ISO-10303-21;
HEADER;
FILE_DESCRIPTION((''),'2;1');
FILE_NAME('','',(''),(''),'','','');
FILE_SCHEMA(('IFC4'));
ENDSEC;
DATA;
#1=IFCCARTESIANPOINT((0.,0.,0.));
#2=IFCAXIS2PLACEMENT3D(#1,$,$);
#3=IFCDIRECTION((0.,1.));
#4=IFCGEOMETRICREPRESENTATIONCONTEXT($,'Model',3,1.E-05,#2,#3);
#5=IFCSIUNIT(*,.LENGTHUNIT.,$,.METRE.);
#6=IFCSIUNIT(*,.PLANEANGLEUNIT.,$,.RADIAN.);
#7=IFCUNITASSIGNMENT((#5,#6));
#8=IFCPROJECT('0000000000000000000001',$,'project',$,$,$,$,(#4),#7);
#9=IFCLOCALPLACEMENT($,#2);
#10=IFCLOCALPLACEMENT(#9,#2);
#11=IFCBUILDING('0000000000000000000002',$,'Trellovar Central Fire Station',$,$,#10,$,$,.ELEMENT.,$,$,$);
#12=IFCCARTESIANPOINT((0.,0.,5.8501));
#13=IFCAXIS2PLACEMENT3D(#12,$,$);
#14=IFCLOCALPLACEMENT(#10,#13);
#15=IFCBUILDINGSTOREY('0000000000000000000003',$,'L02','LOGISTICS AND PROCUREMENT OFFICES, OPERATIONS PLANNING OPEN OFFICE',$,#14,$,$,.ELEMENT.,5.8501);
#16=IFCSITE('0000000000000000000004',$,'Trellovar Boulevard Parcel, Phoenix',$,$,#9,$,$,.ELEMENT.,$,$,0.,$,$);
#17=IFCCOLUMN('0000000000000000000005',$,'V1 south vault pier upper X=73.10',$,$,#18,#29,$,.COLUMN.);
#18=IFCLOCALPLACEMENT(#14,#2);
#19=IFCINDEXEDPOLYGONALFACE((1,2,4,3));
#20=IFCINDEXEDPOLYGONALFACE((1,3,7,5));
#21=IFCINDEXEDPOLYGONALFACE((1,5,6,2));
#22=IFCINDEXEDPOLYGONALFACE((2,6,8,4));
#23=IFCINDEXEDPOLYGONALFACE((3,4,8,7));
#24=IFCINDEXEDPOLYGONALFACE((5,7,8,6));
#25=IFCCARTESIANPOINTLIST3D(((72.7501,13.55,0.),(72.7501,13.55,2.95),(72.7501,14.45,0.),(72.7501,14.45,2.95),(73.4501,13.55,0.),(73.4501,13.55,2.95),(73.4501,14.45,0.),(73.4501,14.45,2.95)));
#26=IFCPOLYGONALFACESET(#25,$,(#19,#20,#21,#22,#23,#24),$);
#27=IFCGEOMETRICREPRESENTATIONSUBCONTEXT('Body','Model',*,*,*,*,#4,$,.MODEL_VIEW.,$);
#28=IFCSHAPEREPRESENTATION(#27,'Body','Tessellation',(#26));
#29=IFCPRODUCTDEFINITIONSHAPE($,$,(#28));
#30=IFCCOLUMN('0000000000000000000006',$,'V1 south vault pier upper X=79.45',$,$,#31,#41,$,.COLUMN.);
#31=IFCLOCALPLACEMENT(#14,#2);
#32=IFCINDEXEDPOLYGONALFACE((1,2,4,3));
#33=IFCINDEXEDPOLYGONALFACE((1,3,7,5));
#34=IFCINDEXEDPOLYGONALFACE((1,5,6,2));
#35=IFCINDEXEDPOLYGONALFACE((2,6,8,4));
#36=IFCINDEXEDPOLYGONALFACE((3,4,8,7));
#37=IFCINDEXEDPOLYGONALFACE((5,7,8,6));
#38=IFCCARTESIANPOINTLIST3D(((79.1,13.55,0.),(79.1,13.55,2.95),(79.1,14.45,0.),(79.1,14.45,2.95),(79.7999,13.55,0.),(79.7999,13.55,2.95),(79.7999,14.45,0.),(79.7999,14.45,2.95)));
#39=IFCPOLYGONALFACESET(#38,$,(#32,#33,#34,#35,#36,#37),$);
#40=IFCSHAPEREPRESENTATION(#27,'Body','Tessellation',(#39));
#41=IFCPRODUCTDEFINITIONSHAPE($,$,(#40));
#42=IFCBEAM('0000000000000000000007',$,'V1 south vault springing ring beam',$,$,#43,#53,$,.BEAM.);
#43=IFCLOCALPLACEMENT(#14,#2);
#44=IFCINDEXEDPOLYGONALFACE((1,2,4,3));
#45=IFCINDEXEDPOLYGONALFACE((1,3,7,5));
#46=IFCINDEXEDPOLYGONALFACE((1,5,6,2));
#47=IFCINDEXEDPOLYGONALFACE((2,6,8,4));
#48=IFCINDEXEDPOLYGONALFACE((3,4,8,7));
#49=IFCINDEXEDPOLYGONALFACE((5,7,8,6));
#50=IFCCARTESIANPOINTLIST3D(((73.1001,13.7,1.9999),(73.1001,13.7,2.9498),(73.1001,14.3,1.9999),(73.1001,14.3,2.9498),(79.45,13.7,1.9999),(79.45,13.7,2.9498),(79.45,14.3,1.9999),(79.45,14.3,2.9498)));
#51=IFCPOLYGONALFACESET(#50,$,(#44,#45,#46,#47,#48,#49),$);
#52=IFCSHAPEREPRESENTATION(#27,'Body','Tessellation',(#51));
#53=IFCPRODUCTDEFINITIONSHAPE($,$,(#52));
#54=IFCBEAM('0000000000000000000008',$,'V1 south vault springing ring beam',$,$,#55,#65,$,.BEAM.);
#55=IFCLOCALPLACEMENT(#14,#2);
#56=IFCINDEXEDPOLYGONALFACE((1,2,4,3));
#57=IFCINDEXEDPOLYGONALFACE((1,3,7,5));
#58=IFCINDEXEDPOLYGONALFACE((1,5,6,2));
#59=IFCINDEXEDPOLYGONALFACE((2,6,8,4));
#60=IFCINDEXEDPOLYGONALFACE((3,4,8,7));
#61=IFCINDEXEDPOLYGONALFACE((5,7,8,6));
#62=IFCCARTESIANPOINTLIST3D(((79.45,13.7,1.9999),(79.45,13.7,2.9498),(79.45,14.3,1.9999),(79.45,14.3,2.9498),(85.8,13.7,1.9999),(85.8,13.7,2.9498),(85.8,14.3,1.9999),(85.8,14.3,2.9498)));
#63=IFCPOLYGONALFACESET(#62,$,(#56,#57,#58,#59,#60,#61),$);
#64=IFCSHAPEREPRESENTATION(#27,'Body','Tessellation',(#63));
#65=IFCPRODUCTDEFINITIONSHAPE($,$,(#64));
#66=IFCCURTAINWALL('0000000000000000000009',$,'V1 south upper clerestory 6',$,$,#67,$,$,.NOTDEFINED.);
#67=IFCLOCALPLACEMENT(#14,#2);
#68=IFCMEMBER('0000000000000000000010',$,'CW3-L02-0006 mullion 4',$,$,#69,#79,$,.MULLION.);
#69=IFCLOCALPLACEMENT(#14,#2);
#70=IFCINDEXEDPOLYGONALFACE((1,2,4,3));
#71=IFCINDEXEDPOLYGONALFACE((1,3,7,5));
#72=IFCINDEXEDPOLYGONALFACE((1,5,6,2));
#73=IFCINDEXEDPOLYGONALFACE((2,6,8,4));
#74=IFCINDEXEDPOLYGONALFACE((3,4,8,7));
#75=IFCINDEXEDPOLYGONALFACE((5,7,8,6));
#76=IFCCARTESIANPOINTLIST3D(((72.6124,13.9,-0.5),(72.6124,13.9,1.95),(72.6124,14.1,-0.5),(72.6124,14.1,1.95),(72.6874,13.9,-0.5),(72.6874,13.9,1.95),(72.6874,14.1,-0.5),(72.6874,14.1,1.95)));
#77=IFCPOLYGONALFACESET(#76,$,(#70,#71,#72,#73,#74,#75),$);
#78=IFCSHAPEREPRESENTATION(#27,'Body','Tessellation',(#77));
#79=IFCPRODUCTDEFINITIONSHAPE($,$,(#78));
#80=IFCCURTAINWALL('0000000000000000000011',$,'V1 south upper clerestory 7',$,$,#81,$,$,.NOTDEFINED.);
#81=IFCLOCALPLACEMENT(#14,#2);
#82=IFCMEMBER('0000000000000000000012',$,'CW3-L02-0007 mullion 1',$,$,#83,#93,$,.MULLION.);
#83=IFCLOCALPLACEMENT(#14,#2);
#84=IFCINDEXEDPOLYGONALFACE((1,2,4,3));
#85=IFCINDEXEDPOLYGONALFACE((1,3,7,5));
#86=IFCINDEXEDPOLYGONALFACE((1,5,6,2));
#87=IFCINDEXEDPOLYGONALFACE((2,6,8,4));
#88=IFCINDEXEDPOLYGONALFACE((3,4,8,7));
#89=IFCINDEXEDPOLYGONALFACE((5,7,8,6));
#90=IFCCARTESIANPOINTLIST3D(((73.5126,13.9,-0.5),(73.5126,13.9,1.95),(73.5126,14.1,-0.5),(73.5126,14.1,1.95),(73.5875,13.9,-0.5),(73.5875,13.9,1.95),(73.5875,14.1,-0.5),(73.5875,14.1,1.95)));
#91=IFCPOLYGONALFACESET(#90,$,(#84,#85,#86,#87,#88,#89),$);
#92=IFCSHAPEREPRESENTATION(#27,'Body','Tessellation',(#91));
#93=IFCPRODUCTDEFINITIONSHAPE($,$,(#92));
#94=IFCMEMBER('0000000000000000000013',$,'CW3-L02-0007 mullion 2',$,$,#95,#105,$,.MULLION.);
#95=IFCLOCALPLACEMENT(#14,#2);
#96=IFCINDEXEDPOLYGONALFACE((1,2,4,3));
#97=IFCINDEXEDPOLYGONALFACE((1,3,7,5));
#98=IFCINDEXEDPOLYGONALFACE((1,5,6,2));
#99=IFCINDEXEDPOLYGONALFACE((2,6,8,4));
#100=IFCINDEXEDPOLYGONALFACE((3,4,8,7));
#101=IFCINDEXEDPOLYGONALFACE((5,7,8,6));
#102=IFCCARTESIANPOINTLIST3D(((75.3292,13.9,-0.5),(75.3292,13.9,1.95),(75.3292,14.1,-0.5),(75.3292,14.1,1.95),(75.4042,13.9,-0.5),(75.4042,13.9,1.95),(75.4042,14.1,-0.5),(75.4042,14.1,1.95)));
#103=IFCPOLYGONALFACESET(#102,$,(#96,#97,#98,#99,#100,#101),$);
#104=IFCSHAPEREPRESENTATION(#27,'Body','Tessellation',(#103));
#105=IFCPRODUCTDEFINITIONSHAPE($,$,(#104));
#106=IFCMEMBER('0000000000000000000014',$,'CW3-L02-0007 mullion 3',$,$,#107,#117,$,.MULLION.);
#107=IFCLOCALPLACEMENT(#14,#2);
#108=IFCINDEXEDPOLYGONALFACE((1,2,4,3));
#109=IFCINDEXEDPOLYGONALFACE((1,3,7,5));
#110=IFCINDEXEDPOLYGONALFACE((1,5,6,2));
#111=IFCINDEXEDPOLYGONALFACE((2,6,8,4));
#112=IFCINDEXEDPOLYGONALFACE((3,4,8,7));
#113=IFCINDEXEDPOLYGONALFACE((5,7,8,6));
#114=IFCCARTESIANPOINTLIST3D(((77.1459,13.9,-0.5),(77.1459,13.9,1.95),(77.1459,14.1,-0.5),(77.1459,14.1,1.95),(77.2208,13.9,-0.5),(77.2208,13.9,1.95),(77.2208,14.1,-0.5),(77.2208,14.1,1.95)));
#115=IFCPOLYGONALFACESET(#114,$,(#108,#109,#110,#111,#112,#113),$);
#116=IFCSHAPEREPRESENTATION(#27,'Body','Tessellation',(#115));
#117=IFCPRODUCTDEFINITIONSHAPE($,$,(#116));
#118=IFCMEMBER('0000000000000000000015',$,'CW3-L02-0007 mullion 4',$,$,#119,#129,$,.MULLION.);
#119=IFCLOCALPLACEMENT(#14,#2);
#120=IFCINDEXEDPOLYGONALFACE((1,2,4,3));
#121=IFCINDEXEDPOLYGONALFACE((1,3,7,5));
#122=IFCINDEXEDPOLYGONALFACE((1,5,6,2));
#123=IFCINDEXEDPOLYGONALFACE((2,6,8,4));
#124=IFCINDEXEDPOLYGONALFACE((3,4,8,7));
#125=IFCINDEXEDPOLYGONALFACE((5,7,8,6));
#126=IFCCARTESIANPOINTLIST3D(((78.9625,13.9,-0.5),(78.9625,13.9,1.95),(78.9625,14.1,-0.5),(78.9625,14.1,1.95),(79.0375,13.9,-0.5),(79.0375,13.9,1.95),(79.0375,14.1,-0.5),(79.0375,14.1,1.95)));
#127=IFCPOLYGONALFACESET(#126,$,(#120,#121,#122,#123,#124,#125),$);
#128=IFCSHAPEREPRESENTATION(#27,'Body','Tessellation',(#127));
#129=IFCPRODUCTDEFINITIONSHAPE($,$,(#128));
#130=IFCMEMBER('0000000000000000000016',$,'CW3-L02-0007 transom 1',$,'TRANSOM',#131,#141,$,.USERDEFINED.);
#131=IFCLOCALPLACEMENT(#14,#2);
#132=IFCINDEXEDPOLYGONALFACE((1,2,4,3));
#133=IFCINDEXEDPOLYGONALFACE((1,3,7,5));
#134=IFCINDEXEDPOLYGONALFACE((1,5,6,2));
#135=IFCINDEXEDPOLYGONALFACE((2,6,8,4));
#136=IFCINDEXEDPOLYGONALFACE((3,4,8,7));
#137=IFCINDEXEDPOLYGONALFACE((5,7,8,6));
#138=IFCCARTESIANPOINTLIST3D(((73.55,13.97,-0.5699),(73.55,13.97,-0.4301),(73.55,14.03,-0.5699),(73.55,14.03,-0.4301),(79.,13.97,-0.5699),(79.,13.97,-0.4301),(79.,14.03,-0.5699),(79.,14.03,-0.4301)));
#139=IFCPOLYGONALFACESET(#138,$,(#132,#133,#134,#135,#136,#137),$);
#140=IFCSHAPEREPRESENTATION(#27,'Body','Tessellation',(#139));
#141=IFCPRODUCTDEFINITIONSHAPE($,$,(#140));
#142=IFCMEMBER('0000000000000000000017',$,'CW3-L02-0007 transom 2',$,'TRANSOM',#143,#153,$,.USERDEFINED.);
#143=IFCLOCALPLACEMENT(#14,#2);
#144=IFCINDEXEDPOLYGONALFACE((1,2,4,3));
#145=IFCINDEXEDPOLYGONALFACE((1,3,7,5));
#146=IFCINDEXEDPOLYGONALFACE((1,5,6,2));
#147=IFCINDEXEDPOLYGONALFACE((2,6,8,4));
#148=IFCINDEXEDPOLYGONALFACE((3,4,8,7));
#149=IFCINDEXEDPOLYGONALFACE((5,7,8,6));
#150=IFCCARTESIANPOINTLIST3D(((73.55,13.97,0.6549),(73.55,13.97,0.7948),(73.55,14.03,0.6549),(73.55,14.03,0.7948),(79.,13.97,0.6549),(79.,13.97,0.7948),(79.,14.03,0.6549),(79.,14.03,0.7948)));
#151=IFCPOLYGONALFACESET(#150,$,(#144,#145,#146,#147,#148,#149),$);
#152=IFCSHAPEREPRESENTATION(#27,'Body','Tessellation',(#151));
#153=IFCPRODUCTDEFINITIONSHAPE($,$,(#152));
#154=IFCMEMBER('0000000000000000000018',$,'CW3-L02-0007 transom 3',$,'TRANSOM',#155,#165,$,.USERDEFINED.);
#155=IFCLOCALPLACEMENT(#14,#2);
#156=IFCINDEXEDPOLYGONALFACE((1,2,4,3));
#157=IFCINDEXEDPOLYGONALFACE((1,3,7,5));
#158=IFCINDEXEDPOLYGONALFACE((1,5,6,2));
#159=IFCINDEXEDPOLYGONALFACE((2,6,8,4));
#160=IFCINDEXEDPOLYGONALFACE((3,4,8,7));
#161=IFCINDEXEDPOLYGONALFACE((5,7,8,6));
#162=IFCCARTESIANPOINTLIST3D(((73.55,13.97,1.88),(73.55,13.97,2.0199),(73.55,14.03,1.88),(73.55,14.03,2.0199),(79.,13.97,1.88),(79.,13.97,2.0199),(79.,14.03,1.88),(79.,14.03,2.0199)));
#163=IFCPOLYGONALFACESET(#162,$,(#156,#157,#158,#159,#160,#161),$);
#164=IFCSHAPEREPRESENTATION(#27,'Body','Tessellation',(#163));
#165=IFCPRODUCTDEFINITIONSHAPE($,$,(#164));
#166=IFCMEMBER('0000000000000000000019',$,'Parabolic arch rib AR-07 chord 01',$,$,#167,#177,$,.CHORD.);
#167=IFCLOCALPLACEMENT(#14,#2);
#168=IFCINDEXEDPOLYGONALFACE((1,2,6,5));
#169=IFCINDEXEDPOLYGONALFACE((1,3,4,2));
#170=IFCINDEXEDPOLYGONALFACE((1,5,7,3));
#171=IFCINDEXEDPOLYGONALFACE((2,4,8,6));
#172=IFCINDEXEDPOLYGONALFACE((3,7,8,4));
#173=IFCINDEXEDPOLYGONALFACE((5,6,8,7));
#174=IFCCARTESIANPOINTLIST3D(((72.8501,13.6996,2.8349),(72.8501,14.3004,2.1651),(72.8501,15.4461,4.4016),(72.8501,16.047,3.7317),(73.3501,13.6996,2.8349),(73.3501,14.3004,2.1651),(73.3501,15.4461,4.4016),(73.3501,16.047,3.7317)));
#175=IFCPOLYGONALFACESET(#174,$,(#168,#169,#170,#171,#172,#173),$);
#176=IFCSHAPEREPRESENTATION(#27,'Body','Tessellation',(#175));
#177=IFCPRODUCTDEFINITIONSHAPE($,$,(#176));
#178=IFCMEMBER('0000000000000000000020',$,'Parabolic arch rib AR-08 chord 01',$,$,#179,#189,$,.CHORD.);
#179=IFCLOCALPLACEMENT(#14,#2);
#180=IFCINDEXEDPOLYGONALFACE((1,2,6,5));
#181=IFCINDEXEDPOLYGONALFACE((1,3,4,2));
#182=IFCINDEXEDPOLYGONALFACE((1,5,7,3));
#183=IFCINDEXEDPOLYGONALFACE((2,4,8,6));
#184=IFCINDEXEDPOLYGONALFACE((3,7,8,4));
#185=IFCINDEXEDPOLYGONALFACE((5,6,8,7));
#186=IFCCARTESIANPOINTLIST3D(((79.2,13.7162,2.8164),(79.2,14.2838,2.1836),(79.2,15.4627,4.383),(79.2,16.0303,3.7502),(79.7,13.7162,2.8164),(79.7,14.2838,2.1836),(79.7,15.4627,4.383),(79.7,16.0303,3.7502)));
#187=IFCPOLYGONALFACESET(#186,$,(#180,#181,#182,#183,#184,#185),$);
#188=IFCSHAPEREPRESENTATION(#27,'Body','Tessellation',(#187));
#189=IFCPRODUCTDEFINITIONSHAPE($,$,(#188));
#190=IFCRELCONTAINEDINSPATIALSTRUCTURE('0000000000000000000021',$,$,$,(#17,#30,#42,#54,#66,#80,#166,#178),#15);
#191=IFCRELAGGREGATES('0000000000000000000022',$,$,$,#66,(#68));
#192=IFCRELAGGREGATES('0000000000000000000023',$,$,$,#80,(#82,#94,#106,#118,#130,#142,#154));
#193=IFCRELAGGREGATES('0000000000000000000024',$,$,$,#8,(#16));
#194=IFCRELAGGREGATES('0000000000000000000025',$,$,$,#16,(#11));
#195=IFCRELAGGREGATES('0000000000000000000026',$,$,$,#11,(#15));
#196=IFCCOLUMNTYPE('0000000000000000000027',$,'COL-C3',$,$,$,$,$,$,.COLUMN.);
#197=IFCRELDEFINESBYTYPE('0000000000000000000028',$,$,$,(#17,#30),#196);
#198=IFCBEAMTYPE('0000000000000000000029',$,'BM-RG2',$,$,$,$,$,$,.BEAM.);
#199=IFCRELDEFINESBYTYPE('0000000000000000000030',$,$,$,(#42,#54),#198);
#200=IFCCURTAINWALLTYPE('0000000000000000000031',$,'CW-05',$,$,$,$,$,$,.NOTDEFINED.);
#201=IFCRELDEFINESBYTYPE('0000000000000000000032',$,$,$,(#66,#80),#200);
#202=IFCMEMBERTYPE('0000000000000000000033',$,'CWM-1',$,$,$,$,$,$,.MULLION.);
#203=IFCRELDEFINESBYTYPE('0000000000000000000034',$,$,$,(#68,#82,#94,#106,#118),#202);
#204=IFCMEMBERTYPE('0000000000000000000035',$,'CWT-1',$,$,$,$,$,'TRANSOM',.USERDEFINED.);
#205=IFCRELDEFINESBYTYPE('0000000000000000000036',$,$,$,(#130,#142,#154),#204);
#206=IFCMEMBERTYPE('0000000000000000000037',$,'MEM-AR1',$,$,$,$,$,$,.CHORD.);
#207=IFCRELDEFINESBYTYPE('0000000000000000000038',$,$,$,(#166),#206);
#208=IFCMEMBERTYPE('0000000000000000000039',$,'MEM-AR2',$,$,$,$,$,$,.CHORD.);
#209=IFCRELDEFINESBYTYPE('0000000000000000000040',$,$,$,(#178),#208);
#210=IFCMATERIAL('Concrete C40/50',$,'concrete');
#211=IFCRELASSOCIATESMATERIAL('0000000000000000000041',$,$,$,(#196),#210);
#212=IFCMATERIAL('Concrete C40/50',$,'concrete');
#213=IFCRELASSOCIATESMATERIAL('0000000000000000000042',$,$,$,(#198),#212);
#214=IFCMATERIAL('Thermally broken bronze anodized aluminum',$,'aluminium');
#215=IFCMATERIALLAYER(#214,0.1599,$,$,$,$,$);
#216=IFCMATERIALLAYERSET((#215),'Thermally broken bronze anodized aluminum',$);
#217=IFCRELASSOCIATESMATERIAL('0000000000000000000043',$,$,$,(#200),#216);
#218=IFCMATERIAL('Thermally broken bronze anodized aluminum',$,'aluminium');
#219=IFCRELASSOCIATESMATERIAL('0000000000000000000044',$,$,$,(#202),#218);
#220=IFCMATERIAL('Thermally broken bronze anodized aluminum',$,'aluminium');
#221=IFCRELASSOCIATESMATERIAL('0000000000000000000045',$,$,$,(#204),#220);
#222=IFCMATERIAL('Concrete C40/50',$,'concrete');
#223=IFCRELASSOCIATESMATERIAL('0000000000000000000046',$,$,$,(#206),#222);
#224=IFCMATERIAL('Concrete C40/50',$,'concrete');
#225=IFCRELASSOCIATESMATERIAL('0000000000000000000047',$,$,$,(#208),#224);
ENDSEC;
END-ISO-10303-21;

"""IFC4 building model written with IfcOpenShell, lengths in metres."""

from ifc_helpers import new_model, si_unit, direction, frame, origin, origin_2d, place, context, subcontext, project, spatial, rectangle, extrude, material, layer, layer_set, material_profile, profile_set, type_object, element, aggregate, save


model = new_model("IFC4")

# Units and contexts
model_context = context("Model", 3, precision=1e-05, world=origin(), true_north=direction((0.0, 1.0)))
body_context = subcontext(model_context, "Body", "Model", "MODEL_VIEW")
ifc_project = project(units=[si_unit("LENGTHUNIT", "METRE"), si_unit("PLANEANGLEUNIT", "RADIAN")], contexts=[model_context])

# Site, building, storey
site_placement = place(None, origin())
site = spatial("IfcSite", under=ifc_project, at=site_placement, Name="Trellovar Boulevard Parcel, Phoenix", CompositionType="ELEMENT", RefElevation=0.0)
building_placement = place(site_placement, origin())
building = spatial("IfcBuilding", under=site, at=building_placement, Name="Trellovar Central Fire Station", CompositionType="ELEMENT")
storey_placement = place(building_placement, frame((0.0, 0.0, 5.8501)))
storey = spatial("IfcBuildingStorey", under=building, at=storey_placement, Name="L02", Description="LOGISTICS AND PROCUREMENT OFFICES, OPERATIONS PLANNING OPEN OFFICE", CompositionType="ELEMENT", Elevation=5.8501)

# Columns
ifc_material_1 = material(Name="Concrete C40/50", Category="concrete")
ifc_material_profile_1 = material_profile(ifc_material_1, rectangle(XDim=0.7, YDim=0.8999, at=origin_2d()), Name="RC700X900")
ifc_profile_set_1 = profile_set([ifc_material_profile_1], Name="Concrete C40/50")
column_type = type_object("IfcColumnType", Name="COL-C3", PredefinedType="COLUMN", material=ifc_profile_set_1)
for number, where, z_axis, x_axis, name in (
    (1, (73.1001, 14.0, 0.0), (0.0, 0.0, 1.0), (1.0, 0.0, 0.0), "V1 south vault pier upper X=73.10"),
    (2, (79.45, 14.0, 0.0), (0.0, 0.0, 1.0), (1.0, 0.0, 0.0), "V1 south vault pier upper X=79.45"),
):
    element("IfcColumn", number, at=place(storey_placement, frame(where, z_axis=z_axis, x_axis=x_axis)), inside=storey, type_object=column_type, Name=name, PredefinedType="COLUMN", context=body_context, shape_type="SweptSolid", body=[
        extrude(rectangle(XDim=0.7, YDim=0.8999, at=origin_2d()), origin(), (0.0, 0.0, 1.0), 2.95),
    ])

# Beams
ifc_material_2 = material(Name="Concrete C40/50", Category="concrete")
ifc_material_profile_2 = material_profile(ifc_material_2, rectangle(XDim=0.6001, YDim=0.95, at=origin_2d()), Name="RC600X950")
ifc_profile_set_2 = profile_set([ifc_material_profile_2], Name="Concrete C40/50")
beam_type = type_object("IfcBeamType", Name="BM-RG2", PredefinedType="BEAM", material=ifc_profile_set_2)
beam_1_placement = place(storey_placement, frame((73.1001, 14.0, 2.4749), z_axis=(1.0, 0.0, 0.0), x_axis=(0.0, 1.0, 0.0)))
element("IfcBeam", 3, at=beam_1_placement, inside=storey, type_object=beam_type, Name="V1 south vault springing ring beam", PredefinedType="BEAM", context=body_context, shape_type="SweptSolid", body=[
    extrude(rectangle(XDim=0.6001, YDim=0.95, at=origin_2d()), origin(), (0.0, 0.0, 1.0), 6.3499),
])
beam_2_placement = place(storey_placement, frame((79.45, 14.0, 2.4749), z_axis=(1.0, 0.0, 0.0), x_axis=(0.0, 1.0, 0.0)))
element("IfcBeam", 4, at=beam_2_placement, inside=storey, type_object=beam_type, Name="V1 south vault springing ring beam", PredefinedType="BEAM", context=body_context, shape_type="SweptSolid", body=[
    extrude(rectangle(XDim=0.6001, YDim=0.95, at=origin_2d()), origin(), (0.0, 0.0, 1.0), 6.3501),
])

# Curtain wall, member
ifc_material_3 = material(Name="Thermally broken bronze anodized aluminum", Category="aluminium")
ifc_layer_1 = layer(ifc_material_3, 0.1599)
ifc_layer_set_1 = layer_set([ifc_layer_1], Name="Thermally broken bronze anodized aluminum")
curtain_wall_type = type_object("IfcCurtainWallType", Name="CW-05", PredefinedType="NOTDEFINED", material=ifc_layer_set_1)
curtain_wall_1_placement = place(storey_placement, origin())
curtain_wall_1 = element("IfcCurtainWall", 5, at=curtain_wall_1_placement, inside=storey, type_object=curtain_wall_type, Name="V1 south upper clerestory 6", PredefinedType="NOTDEFINED")
ifc_material_4 = material(Name="Thermally broken bronze anodized aluminum", Category="aluminium")
ifc_material_profile_3 = material_profile(ifc_material_4, rectangle(XDim=0.075, YDim=0.2, at=origin_2d()), Name="ALU75X200")
ifc_profile_set_3 = profile_set([ifc_material_profile_3], Name="Thermally broken bronze anodized aluminum")
member_type_1 = type_object("IfcMemberType", Name="CWM-1", PredefinedType="MULLION", material=ifc_profile_set_3)
member_1_placement = place(storey_placement, frame((72.6499, 14.0, -0.5), z_axis=(0.0, 0.0, 1.0), x_axis=(1.0, 0.0, 0.0)))
member_1 = element("IfcMember", 6, at=member_1_placement, type_object=member_type_1, Name="CW3-L02-0006 mullion 4", PredefinedType="MULLION", context=body_context, shape_type="SweptSolid", body=[
    extrude(rectangle(XDim=0.075, YDim=0.2, at=origin_2d()), origin(), (0.0, 0.0, 1.0), 2.45),
])
aggregate(curtain_wall_1, [member_1])

# Curtain wall, members
curtain_wall_2_placement = place(storey_placement, origin())
curtain_wall_2 = element("IfcCurtainWall", 7, at=curtain_wall_2_placement, inside=storey, type_object=curtain_wall_type, Name="V1 south upper clerestory 7", PredefinedType="NOTDEFINED")
member_2_placement = place(storey_placement, frame((73.55, 14.0, -0.5), z_axis=(0.0, 0.0, 1.0), x_axis=(1.0, 0.0, 0.0)))
member_2 = element("IfcMember", 8, at=member_2_placement, type_object=member_type_1, Name="CW3-L02-0007 mullion 1", PredefinedType="MULLION", context=body_context, shape_type="SweptSolid", body=[
    extrude(rectangle(XDim=0.075, YDim=0.2, at=origin_2d()), origin(), (0.0, 0.0, 1.0), 2.45),
])
member_3_placement = place(storey_placement, frame((75.3667, 14.0, -0.5), z_axis=(0.0, 0.0, 1.0), x_axis=(1.0, 0.0, 0.0)))
member_3 = element("IfcMember", 9, at=member_3_placement, type_object=member_type_1, Name="CW3-L02-0007 mullion 2", PredefinedType="MULLION", context=body_context, shape_type="SweptSolid", body=[
    extrude(rectangle(XDim=0.075, YDim=0.2, at=origin_2d()), origin(), (0.0, 0.0, 1.0), 2.45),
])
member_4_placement = place(storey_placement, frame((77.1833, 14.0, -0.5), z_axis=(0.0, 0.0, 1.0), x_axis=(1.0, 0.0, 0.0)))
member_4 = element("IfcMember", 10, at=member_4_placement, type_object=member_type_1, Name="CW3-L02-0007 mullion 3", PredefinedType="MULLION", context=body_context, shape_type="SweptSolid", body=[
    extrude(rectangle(XDim=0.075, YDim=0.2, at=origin_2d()), origin(), (0.0, 0.0, 1.0), 2.45),
])
member_5_placement = place(storey_placement, frame((79.0, 14.0, -0.5), z_axis=(0.0, 0.0, 1.0), x_axis=(1.0, 0.0, 0.0)))
member_5 = element("IfcMember", 11, at=member_5_placement, type_object=member_type_1, Name="CW3-L02-0007 mullion 4", PredefinedType="MULLION", context=body_context, shape_type="SweptSolid", body=[
    extrude(rectangle(XDim=0.075, YDim=0.2, at=origin_2d()), origin(), (0.0, 0.0, 1.0), 2.45),
])
ifc_material_5 = material(Name="Thermally broken bronze anodized aluminum", Category="aluminium")
ifc_material_profile_4 = material_profile(ifc_material_5, rectangle(XDim=0.0601, YDim=0.1399, at=origin_2d()), Name="ALU60X140")
ifc_profile_set_4 = profile_set([ifc_material_profile_4], Name="Thermally broken bronze anodized aluminum")
member_type_2 = type_object("IfcMemberType", Name="CWT-1", ElementType="TRANSOM", PredefinedType="USERDEFINED", material=ifc_profile_set_4)
member_6_placement = place(storey_placement, frame((73.55, 14.0, -0.5), z_axis=(1.0, 0.0, 0.0), x_axis=(0.0, 1.0, 0.0)))
member_6 = element("IfcMember", 12, at=member_6_placement, type_object=member_type_2, Name="CW3-L02-0007 transom 1", ObjectType="TRANSOM", PredefinedType="USERDEFINED", context=body_context, shape_type="SweptSolid", body=[
    extrude(rectangle(XDim=0.0601, YDim=0.1399, at=origin_2d()), origin(), (0.0, 0.0, 1.0), 5.45),
])
member_7_placement = place(storey_placement, frame((73.55, 14.0, 0.7249), z_axis=(1.0, 0.0, 0.0), x_axis=(0.0, 1.0, 0.0)))
member_7 = element("IfcMember", 13, at=member_7_placement, type_object=member_type_2, Name="CW3-L02-0007 transom 2", ObjectType="TRANSOM", PredefinedType="USERDEFINED", context=body_context, shape_type="SweptSolid", body=[
    extrude(rectangle(XDim=0.0601, YDim=0.1399, at=origin_2d()), origin(), (0.0, 0.0, 1.0), 5.45),
])
member_8_placement = place(storey_placement, frame((73.55, 14.0, 1.95), z_axis=(1.0, 0.0, 0.0), x_axis=(0.0, 1.0, 0.0)))
member_8 = element("IfcMember", 14, at=member_8_placement, type_object=member_type_2, Name="CW3-L02-0007 transom 3", ObjectType="TRANSOM", PredefinedType="USERDEFINED", context=body_context, shape_type="SweptSolid", body=[
    extrude(rectangle(XDim=0.0601, YDim=0.1399, at=origin_2d()), origin(), (0.0, 0.0, 1.0), 5.45),
])

# Members
ifc_material_6 = material(Name="Concrete C40/50", Category="concrete")
ifc_material_profile_5 = material_profile(ifc_material_6, rectangle(XDim=0.5, YDim=0.8999, at=origin_2d()), Name="RC500X900")
ifc_profile_set_5 = profile_set([ifc_material_profile_5], Name="Concrete C40/50")
member_type_3 = type_object("IfcMemberType", Name="MEM-AR1", PredefinedType="CHORD", material=ifc_profile_set_5)
member_9_placement = place(storey_placement, frame((73.1001, 14.0, 2.5), z_axis=(0.0, 0.744411, 0.667722), x_axis=(-1.0, 0.0, 0.0)))
element("IfcMember", 15, at=member_9_placement, inside=storey, type_object=member_type_3, Name="Parabolic arch rib AR-07 chord 01", PredefinedType="CHORD", context=body_context, shape_type="SweptSolid", body=[
    extrude(rectangle(XDim=0.5, YDim=0.8999, at=origin_2d()), origin(), (0.0, 0.0, 1.0), 2.3462),
])
ifc_material_7 = material(Name="Concrete C40/50", Category="concrete")
ifc_material_profile_6 = material_profile(ifc_material_7, rectangle(XDim=0.5, YDim=0.8501, at=origin_2d()), Name="RC500X850")
ifc_profile_set_6 = profile_set([ifc_material_profile_6], Name="Concrete C40/50")
member_type_4 = type_object("IfcMemberType", Name="MEM-AR2", PredefinedType="CHORD", material=ifc_profile_set_6)
member_10_placement = place(storey_placement, frame((79.45, 14.0, 2.5), z_axis=(0.0, 0.744411, 0.667722), x_axis=(-1.0, 0.0, 0.0)))
element("IfcMember", 16, at=member_10_placement, inside=storey, type_object=member_type_4, Name="Parabolic arch rib AR-08 chord 01", PredefinedType="CHORD", context=body_context, shape_type="SweptSolid", body=[
    extrude(rectangle(XDim=0.5, YDim=0.8501, at=origin_2d()), origin(), (0.0, 0.0, 1.0), 2.3462),
])

aggregate(curtain_wall_2, [member_2, member_3, member_4, member_5, member_6, member_7, member_8])

save(model, "model.ifc")
